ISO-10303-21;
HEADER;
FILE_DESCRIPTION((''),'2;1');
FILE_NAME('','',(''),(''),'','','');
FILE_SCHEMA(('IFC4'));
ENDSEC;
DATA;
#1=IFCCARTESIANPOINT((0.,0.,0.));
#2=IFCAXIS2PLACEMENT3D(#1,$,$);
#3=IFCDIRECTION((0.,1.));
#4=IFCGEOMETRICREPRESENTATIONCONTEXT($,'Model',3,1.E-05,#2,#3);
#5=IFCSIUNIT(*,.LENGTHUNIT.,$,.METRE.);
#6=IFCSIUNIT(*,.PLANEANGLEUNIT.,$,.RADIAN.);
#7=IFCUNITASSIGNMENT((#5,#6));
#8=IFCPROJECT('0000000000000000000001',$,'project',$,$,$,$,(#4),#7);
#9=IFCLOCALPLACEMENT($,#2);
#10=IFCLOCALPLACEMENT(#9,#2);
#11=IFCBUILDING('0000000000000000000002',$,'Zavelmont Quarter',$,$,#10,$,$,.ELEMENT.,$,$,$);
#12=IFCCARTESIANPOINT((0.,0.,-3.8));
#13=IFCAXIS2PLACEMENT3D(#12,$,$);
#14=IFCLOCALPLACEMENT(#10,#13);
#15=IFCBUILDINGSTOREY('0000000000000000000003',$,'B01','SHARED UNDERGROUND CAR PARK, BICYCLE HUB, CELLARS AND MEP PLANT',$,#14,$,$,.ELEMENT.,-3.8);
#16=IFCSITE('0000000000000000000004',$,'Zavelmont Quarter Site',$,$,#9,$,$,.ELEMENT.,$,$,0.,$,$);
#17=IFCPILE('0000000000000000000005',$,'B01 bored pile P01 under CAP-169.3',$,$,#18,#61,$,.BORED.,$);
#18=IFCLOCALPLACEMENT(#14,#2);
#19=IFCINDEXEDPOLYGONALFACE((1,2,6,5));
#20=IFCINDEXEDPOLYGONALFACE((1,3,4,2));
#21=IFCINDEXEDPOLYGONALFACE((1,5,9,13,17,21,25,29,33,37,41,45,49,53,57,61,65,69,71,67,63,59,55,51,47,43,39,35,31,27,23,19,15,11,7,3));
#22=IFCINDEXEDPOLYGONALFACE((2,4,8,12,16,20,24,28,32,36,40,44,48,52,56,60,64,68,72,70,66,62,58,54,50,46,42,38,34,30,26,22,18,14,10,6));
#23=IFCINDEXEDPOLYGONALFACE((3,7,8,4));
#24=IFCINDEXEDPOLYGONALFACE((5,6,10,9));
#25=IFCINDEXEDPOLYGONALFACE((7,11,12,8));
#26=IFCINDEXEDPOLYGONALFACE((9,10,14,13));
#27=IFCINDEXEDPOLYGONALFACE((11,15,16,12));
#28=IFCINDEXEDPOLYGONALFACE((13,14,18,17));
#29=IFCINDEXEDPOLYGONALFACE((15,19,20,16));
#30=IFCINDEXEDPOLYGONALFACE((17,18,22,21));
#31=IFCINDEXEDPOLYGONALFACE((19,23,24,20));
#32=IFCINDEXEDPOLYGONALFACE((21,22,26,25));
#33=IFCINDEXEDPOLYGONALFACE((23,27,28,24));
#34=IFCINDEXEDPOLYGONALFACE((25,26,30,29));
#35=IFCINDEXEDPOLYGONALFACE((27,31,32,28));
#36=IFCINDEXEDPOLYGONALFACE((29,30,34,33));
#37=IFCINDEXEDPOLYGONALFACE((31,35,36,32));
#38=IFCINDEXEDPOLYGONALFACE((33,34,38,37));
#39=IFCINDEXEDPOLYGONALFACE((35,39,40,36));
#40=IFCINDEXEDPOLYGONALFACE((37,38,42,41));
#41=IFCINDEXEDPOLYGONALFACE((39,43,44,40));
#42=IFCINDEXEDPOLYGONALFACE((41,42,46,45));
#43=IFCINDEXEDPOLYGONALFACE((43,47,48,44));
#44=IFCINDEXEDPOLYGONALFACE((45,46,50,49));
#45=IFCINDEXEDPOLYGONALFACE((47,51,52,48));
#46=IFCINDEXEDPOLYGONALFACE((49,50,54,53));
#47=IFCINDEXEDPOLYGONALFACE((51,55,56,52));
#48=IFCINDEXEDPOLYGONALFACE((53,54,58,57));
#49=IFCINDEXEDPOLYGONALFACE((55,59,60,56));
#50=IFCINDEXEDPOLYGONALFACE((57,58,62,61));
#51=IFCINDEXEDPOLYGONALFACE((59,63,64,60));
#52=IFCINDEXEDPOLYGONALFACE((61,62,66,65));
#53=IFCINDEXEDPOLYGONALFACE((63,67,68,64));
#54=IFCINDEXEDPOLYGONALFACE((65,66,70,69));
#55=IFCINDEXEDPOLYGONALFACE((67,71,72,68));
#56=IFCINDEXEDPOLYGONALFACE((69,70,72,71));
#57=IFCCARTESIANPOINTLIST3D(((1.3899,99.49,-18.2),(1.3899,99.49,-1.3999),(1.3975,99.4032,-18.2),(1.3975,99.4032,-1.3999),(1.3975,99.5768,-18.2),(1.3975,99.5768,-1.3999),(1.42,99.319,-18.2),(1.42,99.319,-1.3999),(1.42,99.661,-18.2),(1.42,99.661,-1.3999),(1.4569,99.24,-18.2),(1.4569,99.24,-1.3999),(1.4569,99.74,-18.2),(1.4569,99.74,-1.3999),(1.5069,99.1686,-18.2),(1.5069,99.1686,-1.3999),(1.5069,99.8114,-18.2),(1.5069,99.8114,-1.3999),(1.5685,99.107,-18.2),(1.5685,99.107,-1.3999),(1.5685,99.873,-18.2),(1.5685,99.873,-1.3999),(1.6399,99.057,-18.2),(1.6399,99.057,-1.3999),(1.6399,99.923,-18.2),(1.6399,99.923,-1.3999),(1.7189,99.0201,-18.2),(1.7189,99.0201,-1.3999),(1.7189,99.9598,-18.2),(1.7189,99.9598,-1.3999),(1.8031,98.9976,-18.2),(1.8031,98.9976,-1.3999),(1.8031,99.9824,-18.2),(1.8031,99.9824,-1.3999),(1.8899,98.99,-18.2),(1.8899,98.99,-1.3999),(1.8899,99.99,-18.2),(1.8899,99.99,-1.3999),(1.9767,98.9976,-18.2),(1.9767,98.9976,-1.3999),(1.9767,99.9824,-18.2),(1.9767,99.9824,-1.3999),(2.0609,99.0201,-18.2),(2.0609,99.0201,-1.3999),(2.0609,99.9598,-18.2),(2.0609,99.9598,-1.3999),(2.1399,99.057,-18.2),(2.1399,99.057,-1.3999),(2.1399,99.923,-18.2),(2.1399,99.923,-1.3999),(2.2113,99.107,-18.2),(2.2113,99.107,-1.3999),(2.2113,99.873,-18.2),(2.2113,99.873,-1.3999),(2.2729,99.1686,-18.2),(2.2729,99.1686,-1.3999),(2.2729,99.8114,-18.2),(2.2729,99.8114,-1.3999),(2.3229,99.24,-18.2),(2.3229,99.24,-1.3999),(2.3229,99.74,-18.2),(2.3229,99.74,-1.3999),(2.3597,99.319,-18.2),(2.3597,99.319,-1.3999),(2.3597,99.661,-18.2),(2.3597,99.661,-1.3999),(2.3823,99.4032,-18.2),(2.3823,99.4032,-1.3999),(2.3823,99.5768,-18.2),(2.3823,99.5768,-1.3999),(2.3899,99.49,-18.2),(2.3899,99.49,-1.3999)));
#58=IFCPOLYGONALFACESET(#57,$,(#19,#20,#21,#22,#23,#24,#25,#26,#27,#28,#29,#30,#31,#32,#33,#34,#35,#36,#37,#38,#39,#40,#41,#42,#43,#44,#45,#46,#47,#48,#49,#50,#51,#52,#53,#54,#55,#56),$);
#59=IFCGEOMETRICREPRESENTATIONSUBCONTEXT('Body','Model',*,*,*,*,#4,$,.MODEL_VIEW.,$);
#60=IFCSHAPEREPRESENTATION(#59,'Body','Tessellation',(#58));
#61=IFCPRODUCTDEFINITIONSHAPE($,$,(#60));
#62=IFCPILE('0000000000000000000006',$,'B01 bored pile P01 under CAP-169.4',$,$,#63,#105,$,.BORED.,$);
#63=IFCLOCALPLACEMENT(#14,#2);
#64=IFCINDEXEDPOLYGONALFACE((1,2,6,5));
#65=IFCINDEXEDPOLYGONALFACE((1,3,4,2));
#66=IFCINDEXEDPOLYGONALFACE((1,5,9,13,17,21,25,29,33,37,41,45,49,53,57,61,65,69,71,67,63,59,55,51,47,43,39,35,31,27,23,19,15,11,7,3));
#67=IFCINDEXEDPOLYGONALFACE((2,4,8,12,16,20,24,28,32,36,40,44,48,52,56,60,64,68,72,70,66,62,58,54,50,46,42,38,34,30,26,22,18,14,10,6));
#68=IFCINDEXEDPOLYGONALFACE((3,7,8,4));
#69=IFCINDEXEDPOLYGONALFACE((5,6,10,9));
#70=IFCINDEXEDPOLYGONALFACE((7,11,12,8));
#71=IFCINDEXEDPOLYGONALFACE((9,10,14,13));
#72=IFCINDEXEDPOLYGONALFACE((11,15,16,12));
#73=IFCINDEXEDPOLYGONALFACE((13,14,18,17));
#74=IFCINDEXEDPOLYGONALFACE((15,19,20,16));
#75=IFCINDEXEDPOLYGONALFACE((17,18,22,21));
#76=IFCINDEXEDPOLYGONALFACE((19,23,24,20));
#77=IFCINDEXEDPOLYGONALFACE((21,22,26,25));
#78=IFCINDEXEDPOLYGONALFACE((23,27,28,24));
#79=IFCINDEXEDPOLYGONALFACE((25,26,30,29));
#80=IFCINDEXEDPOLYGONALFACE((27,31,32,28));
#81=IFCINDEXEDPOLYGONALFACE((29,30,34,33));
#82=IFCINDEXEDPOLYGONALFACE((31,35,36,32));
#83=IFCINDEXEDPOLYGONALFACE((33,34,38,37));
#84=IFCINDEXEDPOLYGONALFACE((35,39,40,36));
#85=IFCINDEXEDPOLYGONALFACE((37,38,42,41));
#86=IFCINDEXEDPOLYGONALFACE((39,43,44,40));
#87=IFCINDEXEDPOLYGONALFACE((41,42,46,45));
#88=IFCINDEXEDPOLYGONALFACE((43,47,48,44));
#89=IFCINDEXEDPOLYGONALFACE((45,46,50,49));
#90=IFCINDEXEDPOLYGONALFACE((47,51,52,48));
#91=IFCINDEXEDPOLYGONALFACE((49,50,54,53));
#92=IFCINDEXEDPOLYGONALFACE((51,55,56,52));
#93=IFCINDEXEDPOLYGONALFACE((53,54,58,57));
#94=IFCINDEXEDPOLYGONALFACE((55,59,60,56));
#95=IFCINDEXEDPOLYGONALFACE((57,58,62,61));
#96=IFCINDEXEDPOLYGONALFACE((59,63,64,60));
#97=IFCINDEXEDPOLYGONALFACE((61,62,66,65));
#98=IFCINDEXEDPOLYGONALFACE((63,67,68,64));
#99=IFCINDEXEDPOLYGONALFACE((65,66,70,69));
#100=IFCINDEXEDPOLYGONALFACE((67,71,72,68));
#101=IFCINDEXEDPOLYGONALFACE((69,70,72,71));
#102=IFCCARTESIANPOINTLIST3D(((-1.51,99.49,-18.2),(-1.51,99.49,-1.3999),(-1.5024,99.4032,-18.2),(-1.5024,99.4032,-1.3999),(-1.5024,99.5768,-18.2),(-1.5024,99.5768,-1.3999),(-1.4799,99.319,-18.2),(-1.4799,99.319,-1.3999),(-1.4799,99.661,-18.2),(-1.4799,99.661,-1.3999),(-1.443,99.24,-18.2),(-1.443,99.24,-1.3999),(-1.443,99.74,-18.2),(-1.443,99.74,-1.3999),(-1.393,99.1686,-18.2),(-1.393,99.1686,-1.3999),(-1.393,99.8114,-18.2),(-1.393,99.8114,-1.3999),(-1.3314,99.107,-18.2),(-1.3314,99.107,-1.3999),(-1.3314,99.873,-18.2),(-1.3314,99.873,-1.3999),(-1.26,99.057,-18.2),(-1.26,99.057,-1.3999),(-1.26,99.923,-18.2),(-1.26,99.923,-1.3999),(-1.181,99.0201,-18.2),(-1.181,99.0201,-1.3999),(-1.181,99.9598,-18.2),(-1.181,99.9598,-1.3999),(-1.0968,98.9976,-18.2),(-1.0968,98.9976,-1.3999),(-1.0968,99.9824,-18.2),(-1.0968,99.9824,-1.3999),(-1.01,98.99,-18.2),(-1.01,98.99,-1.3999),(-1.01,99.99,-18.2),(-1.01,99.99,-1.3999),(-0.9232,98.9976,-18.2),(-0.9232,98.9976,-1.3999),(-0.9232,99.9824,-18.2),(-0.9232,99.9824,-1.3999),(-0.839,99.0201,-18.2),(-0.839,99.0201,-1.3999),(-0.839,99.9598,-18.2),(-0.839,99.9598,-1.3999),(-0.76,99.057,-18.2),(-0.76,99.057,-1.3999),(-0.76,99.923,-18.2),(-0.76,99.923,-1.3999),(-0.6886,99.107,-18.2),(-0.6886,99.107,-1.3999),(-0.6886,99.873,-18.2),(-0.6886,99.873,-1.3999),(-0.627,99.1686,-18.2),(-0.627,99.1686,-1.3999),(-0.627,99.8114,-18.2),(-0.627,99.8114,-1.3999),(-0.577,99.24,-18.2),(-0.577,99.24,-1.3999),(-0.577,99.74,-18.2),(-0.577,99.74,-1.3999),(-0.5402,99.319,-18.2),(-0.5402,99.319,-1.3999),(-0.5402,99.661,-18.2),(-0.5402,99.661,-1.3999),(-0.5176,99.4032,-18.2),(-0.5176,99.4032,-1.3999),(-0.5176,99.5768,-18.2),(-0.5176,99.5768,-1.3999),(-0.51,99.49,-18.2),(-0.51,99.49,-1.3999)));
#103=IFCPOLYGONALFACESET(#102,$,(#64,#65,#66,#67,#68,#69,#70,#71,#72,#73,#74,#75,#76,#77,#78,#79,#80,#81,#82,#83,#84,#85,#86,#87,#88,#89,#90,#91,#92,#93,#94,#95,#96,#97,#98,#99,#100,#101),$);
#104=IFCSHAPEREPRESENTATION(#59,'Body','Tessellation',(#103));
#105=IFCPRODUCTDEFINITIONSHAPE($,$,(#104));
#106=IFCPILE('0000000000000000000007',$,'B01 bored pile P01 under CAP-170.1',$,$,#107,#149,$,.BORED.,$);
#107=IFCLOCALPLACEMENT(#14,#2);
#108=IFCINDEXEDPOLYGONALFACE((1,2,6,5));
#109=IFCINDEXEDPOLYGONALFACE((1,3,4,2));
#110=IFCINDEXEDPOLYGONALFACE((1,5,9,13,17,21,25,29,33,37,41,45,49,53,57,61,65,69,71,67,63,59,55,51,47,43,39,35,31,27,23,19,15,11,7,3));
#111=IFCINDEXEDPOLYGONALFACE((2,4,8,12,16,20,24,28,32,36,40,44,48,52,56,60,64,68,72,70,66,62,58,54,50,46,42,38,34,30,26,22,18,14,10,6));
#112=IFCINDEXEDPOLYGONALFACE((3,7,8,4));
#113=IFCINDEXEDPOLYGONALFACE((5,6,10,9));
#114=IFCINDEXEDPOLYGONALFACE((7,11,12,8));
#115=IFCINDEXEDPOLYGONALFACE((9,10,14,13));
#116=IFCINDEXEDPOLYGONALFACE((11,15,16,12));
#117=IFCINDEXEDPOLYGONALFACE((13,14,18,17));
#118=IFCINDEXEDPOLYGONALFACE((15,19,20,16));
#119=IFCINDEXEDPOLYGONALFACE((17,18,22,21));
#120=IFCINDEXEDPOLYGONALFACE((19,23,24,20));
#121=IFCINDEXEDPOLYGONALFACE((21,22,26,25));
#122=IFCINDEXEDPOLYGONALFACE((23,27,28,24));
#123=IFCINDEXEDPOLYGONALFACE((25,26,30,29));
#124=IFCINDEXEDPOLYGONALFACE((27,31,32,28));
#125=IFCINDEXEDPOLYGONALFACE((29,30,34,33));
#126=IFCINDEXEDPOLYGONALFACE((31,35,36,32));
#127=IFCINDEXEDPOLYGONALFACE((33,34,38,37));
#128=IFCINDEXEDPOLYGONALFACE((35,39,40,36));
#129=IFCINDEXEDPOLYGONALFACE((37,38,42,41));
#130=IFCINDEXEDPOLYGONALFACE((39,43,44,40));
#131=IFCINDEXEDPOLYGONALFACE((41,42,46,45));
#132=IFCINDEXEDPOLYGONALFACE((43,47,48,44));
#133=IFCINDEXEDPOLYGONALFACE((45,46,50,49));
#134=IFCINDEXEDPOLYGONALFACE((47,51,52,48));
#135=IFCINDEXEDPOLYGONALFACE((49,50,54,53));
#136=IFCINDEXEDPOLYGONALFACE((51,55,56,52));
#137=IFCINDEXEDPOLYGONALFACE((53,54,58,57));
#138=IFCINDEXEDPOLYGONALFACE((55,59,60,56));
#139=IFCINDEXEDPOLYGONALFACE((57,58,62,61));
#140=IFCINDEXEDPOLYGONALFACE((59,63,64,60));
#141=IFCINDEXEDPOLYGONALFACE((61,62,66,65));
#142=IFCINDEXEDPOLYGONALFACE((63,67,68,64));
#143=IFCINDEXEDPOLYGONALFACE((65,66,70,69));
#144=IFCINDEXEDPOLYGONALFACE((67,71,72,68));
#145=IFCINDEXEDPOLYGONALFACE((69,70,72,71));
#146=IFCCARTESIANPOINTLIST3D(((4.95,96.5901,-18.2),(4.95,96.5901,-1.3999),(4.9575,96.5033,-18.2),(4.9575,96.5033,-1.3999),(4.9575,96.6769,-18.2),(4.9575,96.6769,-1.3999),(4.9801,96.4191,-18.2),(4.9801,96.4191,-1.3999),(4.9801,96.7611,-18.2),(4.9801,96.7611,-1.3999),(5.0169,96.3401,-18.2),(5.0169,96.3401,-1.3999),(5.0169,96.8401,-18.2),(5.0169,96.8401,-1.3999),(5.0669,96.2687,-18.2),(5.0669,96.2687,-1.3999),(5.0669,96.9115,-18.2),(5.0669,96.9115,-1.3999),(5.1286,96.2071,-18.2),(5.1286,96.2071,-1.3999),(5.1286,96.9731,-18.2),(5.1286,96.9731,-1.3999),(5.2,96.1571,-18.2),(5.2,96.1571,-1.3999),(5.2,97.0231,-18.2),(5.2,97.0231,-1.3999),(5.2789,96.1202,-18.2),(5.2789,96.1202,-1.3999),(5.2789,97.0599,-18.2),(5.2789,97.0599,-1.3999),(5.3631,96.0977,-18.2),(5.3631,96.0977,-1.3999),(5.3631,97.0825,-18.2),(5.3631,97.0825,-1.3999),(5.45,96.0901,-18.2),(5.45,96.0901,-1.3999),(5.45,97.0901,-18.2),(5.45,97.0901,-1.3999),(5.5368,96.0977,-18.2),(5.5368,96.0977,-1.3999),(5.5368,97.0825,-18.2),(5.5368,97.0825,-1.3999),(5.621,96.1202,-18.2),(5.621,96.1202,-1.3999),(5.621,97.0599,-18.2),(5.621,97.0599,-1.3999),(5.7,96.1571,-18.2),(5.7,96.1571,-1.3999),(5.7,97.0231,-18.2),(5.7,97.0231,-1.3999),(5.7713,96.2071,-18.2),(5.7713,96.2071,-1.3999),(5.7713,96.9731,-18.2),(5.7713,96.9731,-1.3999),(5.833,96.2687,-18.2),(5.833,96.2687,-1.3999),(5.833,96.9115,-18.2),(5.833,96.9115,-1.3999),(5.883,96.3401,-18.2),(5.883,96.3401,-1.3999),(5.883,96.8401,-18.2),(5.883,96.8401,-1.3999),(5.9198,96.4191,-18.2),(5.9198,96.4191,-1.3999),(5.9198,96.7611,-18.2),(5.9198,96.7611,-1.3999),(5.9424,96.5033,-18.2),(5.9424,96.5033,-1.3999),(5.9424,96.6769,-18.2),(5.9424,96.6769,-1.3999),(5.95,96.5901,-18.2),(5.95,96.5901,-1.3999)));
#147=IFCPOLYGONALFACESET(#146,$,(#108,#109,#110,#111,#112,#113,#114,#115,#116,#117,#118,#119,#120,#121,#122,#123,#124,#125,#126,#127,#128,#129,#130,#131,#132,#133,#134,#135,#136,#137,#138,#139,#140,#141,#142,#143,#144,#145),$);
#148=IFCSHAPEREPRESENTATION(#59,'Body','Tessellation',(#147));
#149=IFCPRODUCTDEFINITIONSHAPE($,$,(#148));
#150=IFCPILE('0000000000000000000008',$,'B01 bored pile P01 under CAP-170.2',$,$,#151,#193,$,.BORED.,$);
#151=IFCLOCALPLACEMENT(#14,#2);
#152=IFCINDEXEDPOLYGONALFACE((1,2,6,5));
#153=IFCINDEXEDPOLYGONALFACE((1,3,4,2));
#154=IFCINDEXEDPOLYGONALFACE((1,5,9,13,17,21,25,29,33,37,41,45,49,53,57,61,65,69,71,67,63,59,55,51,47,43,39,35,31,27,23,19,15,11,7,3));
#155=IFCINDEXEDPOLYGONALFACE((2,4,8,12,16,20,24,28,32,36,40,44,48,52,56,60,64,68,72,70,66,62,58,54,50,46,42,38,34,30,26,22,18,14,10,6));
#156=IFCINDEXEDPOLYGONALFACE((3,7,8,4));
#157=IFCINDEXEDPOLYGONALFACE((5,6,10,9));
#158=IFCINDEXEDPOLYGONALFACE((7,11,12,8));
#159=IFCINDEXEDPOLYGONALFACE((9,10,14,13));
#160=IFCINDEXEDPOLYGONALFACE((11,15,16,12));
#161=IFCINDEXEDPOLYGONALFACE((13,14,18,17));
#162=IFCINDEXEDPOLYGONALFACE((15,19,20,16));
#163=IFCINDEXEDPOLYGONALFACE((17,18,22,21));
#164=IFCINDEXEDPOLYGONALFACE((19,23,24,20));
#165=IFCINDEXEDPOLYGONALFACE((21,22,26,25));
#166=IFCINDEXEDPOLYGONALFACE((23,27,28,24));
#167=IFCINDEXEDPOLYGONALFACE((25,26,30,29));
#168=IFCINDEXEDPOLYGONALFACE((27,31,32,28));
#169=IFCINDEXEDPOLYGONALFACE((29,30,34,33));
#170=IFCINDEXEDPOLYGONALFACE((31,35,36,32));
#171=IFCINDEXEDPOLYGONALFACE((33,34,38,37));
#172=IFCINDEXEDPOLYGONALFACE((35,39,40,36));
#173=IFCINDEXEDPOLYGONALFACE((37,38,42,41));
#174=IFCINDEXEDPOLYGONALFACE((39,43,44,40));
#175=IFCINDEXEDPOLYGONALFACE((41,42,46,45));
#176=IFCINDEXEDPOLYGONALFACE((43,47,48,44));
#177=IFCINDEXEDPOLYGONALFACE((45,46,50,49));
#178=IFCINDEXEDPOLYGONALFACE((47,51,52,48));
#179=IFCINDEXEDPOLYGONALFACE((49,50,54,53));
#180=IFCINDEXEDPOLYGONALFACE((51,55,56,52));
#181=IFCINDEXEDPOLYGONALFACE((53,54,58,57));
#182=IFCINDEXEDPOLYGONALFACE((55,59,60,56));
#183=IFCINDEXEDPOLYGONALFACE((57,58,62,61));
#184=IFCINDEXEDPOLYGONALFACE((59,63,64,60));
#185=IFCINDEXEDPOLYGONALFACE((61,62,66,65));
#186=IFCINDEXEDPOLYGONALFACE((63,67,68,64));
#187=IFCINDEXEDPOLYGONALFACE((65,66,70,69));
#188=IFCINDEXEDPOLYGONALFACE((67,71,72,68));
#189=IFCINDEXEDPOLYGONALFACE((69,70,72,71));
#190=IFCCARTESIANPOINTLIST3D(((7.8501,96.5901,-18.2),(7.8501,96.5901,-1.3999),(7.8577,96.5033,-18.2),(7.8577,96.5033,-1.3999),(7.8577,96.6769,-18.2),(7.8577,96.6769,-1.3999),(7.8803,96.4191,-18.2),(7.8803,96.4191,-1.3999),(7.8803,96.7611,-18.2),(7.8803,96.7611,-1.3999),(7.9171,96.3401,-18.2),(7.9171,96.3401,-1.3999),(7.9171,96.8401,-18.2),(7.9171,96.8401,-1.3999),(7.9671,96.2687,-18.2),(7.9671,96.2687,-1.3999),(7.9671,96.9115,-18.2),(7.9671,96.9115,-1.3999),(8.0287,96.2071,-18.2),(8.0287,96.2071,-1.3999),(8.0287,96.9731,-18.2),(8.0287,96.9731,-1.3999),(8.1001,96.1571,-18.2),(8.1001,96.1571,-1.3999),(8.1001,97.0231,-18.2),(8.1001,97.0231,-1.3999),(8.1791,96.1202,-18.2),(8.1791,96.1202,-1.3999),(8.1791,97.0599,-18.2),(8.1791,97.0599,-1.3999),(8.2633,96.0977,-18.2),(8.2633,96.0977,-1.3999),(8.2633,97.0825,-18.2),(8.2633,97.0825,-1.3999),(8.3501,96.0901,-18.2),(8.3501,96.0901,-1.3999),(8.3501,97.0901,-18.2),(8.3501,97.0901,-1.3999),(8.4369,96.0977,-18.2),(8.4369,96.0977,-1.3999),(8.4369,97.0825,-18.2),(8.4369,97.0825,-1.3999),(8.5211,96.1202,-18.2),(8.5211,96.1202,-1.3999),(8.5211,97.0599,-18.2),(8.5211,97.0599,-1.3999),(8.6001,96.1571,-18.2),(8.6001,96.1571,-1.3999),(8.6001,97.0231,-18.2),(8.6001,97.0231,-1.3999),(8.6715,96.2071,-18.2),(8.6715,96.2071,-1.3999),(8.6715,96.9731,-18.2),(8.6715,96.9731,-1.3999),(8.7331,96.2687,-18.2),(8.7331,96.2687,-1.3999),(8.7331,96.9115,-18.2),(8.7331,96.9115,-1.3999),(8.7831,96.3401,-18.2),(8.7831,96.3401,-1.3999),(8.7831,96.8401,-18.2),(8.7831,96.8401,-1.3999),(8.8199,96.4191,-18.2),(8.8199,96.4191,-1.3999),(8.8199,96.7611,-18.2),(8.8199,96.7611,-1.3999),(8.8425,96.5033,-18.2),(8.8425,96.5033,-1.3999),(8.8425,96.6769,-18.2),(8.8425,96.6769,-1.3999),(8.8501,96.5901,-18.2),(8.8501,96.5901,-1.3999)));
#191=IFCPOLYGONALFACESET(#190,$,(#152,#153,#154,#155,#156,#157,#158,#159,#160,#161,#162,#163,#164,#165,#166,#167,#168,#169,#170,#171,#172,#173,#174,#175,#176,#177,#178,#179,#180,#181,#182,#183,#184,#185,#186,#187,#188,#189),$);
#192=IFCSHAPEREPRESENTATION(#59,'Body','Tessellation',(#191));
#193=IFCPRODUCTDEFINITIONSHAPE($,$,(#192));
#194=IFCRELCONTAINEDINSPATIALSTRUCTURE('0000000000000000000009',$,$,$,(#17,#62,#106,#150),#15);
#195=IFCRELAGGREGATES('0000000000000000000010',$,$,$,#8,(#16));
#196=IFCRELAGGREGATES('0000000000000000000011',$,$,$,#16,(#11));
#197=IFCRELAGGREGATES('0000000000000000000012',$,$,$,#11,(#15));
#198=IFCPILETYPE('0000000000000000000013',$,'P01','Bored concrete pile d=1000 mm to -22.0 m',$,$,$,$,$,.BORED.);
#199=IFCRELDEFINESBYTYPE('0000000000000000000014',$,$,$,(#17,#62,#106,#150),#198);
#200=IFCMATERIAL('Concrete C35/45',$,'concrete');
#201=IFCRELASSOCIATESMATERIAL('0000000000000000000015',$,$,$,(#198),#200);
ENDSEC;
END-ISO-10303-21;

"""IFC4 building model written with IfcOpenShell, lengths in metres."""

from ifc_helpers import new_model, si_unit, direction, frame, origin, origin_2d, place, context, subcontext, project, spatial, circle, extrude, material, material_profile, profile_set, type_object, element, save


model = new_model("IFC4")

# Units and contexts
model_context = context("Model", 3, precision=1e-05, world=origin(), true_north=direction((0.0, 1.0)))
body_context = subcontext(model_context, "Body", "Model", "MODEL_VIEW")
ifc_project = project(units=[si_unit("LENGTHUNIT", "METRE"), si_unit("PLANEANGLEUNIT", "RADIAN")], contexts=[model_context])

# Site, building, storey
site_placement = place(None, origin())
site = spatial("IfcSite", under=ifc_project, at=site_placement, Name="Zavelmont Quarter Site", CompositionType="ELEMENT", RefElevation=0.0)
building_placement = place(site_placement, origin())
building = spatial("IfcBuilding", under=site, at=building_placement, Name="Zavelmont Quarter", CompositionType="ELEMENT")
storey_placement = place(building_placement, frame((0.0, 0.0, -3.8)))
storey = spatial("IfcBuildingStorey", under=building, at=storey_placement, Name="B01", Description="SHARED UNDERGROUND CAR PARK, BICYCLE HUB, CELLARS AND MEP PLANT", CompositionType="ELEMENT", Elevation=-3.8)

# Shared definitions
ifc_material_1 = material(Name="Concrete C35/45", Category="concrete")

# Piles
ifc_material_profile_1 = material_profile(ifc_material_1, circle(Radius=0.5, at=origin_2d()), Name="BP1000")
ifc_profile_set_1 = profile_set([ifc_material_profile_1], Name="Concrete C35/45")
pile_type_1 = type_object("IfcPileType", Name="P01", Description="Bored concrete pile d=1000 mm to -22.0 m", PredefinedType="BORED", material=ifc_profile_set_1)
for number, where, z_axis, x_axis, name in (
    (1, (1.8899, 99.49, -1.3999), (0.0, 0.0, -1.0), (1.0, 0.0, 0.0), "B01 bored pile P01 under CAP-169.3"),
    (2, (-1.01, 99.49, -1.3999), (0.0, 0.0, -1.0), (1.0, 0.0, 0.0), "B01 bored pile P01 under CAP-169.4"),
    (3, (5.45, 96.5901, -1.3999), (0.0, 0.0, -1.0), (1.0, 0.0, 0.0), "B01 bored pile P01 under CAP-170.1"),
    (4, (8.3501, 96.5901, -1.3999), (0.0, 0.0, -1.0), (1.0, 0.0, 0.0), "B01 bored pile P01 under CAP-170.2"),
):
    element("IfcPile", number, at=place(storey_placement, frame(where, z_axis=z_axis, x_axis=x_axis)), inside=storey, type_object=pile_type_1, Name=name, PredefinedType="BORED", context=body_context, shape_type="SweptSolid", body=[
        extrude(circle(Radius=0.5, at=origin_2d()), origin(), (0.0, 0.0, 1.0), 16.8),
    ])

save(model, "model.ifc")
